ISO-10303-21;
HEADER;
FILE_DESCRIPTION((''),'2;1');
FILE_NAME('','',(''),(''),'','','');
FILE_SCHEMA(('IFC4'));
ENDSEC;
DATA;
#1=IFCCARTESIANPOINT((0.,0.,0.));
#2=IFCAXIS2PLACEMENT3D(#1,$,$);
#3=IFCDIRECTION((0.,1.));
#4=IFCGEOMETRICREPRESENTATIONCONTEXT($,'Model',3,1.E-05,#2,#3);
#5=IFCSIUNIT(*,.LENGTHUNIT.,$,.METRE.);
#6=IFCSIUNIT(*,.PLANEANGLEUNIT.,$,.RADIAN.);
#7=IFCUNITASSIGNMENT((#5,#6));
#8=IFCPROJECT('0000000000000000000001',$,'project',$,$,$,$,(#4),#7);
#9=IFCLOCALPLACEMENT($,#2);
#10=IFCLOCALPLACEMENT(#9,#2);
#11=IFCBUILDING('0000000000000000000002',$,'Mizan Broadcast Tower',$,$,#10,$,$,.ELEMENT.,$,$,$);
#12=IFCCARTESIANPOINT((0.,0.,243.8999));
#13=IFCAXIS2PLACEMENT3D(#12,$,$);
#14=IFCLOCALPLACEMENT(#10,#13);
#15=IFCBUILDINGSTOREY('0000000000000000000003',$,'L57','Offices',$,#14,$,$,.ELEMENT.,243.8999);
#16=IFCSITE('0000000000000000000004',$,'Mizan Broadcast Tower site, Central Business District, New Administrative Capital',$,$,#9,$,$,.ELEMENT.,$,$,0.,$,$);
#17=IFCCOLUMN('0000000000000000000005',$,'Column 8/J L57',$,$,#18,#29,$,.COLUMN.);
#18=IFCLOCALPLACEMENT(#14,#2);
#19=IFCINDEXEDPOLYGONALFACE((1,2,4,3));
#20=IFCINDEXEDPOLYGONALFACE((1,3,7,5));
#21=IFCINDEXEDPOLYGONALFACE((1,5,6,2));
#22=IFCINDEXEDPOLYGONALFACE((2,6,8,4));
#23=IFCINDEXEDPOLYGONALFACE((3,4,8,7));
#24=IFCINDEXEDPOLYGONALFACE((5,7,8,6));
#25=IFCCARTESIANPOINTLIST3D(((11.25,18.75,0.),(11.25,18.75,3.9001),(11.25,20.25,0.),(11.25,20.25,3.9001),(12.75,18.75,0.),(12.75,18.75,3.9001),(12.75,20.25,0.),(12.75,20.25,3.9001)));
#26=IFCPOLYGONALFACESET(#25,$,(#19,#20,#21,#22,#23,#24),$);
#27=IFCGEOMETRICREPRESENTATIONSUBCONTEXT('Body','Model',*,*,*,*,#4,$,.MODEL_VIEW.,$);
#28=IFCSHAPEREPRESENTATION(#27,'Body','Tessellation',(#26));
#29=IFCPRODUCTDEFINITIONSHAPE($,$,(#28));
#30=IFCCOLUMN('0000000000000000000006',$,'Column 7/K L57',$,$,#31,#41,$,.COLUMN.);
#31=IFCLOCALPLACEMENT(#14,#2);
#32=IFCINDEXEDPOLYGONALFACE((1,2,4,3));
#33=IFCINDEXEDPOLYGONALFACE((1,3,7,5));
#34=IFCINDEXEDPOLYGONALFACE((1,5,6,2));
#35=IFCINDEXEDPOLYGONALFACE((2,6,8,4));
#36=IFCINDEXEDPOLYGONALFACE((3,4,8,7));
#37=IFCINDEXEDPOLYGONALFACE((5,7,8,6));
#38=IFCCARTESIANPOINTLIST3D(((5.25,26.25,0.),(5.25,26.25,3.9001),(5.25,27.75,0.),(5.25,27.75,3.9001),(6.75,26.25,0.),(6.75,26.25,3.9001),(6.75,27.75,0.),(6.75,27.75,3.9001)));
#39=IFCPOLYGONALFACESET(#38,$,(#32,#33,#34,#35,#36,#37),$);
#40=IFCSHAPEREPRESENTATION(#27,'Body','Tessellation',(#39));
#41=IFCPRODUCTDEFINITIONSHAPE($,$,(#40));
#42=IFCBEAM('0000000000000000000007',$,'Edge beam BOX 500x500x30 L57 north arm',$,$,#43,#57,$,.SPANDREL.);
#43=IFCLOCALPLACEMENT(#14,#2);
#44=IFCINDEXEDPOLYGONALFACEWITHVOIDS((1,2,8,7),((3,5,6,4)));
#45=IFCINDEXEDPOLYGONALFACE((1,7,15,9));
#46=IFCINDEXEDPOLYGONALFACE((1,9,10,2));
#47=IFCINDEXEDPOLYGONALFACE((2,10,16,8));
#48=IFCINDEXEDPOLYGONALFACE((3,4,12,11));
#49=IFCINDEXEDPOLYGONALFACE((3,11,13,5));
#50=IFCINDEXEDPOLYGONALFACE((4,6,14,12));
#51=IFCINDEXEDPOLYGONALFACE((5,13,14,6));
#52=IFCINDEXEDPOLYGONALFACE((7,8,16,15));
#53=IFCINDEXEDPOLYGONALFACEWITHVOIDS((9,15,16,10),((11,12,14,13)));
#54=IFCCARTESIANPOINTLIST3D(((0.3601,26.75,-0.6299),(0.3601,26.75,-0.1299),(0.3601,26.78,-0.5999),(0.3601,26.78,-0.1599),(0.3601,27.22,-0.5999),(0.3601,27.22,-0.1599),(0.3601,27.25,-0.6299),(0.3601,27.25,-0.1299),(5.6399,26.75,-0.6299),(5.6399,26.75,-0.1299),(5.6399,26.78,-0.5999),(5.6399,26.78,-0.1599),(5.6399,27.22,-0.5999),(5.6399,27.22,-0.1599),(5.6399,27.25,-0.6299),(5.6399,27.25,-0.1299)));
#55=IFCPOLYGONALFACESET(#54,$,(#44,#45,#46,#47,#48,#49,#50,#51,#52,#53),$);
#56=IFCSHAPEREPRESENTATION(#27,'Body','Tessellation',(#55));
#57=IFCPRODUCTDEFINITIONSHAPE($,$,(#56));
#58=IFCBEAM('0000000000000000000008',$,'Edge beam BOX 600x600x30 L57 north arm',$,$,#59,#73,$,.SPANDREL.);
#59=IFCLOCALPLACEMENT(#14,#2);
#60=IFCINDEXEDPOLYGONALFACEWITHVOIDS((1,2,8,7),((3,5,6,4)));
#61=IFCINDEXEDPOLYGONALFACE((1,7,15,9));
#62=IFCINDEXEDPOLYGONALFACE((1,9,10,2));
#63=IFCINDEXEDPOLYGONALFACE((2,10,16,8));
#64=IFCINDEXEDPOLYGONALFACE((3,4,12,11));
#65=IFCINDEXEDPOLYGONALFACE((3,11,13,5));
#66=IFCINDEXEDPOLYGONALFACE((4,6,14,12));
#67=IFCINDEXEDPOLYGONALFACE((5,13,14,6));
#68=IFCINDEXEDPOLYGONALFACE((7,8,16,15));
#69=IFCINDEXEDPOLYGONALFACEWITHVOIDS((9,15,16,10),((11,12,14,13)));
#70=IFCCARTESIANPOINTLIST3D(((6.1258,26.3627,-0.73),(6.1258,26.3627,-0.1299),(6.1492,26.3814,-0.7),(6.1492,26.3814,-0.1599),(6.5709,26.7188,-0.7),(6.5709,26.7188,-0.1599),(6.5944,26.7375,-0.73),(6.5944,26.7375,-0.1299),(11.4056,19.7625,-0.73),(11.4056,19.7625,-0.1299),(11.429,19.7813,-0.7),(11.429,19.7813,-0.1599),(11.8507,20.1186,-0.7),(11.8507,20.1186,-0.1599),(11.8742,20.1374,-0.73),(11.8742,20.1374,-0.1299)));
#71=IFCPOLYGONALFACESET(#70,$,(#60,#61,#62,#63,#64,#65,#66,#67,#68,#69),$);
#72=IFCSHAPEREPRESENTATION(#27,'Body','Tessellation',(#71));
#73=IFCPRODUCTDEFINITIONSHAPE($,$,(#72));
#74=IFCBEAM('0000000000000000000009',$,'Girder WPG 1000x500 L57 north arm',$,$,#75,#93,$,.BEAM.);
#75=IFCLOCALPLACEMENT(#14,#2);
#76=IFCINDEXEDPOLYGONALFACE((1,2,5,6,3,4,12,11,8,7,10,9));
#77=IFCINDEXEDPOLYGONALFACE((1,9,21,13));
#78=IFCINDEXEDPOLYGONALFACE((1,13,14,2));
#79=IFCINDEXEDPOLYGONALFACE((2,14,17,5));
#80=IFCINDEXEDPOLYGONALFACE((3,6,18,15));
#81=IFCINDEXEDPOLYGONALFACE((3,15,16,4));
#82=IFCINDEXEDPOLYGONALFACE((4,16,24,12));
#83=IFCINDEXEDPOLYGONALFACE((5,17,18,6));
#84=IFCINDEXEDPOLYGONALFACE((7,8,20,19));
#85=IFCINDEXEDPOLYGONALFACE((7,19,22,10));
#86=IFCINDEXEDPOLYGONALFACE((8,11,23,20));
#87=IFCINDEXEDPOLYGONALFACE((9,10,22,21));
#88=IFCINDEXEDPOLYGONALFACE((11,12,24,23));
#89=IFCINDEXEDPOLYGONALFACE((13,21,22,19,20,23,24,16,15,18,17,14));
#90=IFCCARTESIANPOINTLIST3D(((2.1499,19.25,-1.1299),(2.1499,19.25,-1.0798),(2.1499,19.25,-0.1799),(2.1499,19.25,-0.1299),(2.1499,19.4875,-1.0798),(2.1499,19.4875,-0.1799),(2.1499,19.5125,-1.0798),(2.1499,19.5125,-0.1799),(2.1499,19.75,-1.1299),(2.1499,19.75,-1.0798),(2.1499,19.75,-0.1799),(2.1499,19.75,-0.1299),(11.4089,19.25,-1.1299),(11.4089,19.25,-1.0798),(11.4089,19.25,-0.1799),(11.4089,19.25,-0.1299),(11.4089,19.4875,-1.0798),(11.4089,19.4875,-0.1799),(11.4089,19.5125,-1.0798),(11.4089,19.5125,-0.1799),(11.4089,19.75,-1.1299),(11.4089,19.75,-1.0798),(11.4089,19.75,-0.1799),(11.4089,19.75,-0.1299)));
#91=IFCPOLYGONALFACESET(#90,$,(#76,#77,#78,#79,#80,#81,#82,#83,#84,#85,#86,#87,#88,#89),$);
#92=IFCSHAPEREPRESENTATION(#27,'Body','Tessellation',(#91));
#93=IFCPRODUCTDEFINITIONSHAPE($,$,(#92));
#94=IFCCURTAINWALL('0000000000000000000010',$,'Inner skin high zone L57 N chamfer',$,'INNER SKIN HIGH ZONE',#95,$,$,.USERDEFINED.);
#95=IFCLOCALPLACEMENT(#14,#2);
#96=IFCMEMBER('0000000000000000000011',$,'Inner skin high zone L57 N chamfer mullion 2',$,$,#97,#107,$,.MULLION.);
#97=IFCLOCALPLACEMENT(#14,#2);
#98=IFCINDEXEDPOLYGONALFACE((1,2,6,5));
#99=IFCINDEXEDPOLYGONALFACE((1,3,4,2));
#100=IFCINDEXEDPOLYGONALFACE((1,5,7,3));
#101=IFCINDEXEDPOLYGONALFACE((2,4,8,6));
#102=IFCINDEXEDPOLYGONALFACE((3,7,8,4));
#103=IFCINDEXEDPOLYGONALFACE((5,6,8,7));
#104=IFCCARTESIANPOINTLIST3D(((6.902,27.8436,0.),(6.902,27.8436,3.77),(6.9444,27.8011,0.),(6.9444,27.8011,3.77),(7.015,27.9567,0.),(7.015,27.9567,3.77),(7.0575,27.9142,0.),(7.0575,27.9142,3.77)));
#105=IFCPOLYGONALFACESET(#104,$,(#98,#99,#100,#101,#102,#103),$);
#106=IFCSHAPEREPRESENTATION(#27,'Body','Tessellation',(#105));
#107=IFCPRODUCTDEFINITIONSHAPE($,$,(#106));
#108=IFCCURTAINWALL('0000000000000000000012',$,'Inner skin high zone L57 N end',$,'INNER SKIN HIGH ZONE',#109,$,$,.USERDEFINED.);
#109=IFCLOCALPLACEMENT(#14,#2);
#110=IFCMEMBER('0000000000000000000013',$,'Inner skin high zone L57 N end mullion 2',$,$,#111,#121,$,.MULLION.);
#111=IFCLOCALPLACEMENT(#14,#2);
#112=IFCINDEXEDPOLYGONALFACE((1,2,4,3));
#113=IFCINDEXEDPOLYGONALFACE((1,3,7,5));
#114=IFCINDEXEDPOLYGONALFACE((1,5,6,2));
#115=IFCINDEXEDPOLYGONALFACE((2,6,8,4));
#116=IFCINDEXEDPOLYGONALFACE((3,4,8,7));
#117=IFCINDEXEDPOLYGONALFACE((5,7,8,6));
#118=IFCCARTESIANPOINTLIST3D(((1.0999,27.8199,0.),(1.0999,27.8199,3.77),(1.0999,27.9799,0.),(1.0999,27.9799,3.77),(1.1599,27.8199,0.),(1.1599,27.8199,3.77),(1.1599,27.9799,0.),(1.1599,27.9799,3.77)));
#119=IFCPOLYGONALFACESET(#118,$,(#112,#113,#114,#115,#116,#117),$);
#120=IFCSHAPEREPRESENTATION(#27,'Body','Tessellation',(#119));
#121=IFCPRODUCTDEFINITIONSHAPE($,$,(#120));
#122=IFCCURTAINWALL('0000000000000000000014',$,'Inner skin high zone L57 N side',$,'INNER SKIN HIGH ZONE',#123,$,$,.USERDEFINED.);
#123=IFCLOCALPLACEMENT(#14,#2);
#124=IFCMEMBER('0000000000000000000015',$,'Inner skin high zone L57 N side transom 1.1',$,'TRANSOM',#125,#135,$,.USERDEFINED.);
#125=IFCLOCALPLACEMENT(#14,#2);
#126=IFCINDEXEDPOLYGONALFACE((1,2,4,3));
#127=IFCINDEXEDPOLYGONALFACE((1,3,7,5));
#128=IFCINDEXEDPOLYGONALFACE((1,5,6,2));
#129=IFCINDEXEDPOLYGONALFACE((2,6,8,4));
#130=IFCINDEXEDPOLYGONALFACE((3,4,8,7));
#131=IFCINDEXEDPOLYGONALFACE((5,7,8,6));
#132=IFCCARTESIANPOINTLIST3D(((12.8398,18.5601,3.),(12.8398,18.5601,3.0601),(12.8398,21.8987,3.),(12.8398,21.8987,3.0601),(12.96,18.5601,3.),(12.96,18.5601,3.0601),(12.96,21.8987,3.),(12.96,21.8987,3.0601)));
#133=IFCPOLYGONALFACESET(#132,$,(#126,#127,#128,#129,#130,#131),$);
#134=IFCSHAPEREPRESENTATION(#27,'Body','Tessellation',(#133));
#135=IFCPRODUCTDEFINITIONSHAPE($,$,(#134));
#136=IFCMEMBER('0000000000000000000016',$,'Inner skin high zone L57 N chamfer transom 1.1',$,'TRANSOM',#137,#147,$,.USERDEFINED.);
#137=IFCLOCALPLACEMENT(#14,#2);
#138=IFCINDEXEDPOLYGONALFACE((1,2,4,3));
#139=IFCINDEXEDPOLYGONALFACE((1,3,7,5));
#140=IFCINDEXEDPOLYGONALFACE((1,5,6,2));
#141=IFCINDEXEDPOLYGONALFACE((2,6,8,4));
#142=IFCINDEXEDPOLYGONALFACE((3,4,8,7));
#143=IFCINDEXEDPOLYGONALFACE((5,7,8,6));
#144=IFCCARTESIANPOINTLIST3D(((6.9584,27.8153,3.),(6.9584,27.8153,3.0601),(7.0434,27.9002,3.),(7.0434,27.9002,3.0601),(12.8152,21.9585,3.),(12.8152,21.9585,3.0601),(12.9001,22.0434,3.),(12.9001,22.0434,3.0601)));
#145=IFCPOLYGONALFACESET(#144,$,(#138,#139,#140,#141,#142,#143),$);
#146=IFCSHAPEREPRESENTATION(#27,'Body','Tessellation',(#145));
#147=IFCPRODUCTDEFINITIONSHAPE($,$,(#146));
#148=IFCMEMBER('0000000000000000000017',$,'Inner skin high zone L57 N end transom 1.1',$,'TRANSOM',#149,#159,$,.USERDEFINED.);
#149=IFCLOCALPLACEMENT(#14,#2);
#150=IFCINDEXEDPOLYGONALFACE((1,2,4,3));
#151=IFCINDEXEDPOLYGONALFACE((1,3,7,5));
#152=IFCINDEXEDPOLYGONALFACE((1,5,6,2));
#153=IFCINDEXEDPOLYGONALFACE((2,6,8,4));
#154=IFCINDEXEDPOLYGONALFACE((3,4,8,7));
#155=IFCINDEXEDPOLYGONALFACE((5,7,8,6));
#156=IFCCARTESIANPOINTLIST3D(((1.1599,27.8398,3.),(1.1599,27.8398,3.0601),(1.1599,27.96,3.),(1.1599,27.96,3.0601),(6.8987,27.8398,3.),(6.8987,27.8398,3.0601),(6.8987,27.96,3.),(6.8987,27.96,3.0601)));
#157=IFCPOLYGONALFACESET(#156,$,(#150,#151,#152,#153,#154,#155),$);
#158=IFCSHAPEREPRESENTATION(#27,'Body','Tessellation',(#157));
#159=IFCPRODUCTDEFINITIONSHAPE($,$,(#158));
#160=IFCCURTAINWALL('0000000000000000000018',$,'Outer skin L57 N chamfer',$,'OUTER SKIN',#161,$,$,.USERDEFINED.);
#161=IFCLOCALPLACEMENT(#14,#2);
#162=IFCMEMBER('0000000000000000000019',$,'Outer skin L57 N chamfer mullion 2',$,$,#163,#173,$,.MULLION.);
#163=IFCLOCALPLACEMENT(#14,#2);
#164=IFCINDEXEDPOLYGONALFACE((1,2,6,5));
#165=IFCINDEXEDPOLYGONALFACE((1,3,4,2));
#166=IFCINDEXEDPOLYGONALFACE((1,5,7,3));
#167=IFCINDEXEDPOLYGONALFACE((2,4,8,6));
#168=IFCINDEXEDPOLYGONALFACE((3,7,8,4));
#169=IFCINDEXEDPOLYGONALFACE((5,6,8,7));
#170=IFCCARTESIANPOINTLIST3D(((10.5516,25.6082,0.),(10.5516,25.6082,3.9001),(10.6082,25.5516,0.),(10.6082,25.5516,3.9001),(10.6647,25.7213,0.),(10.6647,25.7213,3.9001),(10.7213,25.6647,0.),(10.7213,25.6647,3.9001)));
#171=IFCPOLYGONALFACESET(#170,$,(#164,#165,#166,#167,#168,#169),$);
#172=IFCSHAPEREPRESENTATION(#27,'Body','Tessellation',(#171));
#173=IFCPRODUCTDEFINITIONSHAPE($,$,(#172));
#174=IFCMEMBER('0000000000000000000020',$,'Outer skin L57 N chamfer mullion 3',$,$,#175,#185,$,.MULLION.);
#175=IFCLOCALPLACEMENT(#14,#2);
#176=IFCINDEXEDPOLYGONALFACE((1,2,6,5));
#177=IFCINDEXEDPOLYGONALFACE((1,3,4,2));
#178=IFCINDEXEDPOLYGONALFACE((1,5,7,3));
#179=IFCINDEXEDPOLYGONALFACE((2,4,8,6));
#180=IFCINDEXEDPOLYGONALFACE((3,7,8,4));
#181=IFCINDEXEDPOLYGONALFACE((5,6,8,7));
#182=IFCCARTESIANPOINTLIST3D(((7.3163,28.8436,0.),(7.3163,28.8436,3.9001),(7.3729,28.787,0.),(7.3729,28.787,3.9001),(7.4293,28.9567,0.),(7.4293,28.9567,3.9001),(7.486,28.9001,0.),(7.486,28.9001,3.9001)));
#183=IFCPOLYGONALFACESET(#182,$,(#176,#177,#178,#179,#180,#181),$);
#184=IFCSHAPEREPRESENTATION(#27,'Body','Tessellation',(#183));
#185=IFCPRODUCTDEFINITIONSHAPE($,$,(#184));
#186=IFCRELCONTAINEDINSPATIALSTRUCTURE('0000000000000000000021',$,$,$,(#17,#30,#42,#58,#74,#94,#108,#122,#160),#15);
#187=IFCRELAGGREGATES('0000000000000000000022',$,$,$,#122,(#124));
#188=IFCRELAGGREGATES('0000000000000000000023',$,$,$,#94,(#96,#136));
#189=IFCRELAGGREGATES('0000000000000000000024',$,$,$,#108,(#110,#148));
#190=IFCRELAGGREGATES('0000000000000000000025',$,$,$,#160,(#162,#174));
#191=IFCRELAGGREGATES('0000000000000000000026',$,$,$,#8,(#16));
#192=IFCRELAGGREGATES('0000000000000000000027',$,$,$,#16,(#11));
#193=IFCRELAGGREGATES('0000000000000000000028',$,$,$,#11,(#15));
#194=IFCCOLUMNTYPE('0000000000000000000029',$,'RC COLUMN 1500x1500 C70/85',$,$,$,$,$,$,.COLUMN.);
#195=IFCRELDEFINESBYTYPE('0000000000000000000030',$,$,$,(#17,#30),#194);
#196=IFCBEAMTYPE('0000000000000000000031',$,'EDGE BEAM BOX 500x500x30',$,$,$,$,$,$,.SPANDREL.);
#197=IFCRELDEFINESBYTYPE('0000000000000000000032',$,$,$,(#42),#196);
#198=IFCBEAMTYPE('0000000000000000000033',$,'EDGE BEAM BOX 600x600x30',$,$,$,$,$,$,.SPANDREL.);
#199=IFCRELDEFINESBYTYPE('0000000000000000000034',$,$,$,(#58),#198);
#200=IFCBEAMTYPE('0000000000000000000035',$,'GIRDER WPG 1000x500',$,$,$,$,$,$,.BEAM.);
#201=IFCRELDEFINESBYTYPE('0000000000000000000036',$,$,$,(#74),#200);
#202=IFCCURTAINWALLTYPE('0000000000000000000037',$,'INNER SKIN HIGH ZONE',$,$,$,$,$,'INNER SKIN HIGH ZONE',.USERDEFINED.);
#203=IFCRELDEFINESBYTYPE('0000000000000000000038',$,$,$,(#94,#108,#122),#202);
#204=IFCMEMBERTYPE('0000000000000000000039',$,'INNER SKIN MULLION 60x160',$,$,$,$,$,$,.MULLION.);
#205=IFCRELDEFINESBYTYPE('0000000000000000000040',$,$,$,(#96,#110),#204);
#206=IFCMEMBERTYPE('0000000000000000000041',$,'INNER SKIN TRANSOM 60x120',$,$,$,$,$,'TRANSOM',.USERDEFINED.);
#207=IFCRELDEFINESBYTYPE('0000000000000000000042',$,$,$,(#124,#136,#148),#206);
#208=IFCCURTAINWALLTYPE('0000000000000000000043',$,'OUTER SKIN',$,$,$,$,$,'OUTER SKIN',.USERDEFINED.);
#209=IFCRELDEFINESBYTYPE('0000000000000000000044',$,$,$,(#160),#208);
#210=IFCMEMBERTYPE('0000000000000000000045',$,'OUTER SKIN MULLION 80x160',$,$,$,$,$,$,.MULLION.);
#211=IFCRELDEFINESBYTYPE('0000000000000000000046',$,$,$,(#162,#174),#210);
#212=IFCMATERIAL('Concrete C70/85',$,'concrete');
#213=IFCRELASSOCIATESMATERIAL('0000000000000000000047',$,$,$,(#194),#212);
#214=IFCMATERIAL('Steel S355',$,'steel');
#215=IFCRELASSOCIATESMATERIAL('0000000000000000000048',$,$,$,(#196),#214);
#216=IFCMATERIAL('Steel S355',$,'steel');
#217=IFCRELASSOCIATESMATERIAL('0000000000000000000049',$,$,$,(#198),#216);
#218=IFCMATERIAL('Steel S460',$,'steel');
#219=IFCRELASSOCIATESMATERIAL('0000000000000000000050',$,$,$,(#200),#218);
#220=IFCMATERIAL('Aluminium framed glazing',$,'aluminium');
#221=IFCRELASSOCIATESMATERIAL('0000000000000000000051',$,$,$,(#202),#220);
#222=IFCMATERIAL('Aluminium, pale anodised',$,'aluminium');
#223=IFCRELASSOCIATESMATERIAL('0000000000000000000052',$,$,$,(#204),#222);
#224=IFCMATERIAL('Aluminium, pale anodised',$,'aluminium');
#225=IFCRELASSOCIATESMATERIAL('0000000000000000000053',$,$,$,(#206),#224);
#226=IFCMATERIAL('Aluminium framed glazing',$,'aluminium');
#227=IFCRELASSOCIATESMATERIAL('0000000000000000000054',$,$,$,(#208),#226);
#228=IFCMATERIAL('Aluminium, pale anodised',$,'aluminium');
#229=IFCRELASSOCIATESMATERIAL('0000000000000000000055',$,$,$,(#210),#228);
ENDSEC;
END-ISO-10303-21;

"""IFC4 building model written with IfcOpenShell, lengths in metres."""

from ifc_helpers import new_model, si_unit, direction, frame, origin, origin_2d, place, context, subcontext, project, spatial, rectangle, hollow_rectangle, i_section, extrude, material, material_profile, profile_set, type_object, element, aggregate, save


model = new_model("IFC4")

# Units and contexts
model_context = context("Model", 3, precision=1e-05, world=origin(), true_north=direction((0.0, 1.0)))
body_context = subcontext(model_context, "Body", "Model", "MODEL_VIEW")
ifc_project = project(units=[si_unit("LENGTHUNIT", "METRE"), si_unit("PLANEANGLEUNIT", "RADIAN")], contexts=[model_context])

# Site, building, storey
site_placement = place(None, origin())
site = spatial("IfcSite", under=ifc_project, at=site_placement, Name="Mizan Broadcast Tower site, Central Business District, New Administrative Capital", CompositionType="ELEMENT", RefElevation=0.0)
building_placement = place(site_placement, origin())
building = spatial("IfcBuilding", under=site, at=building_placement, Name="Mizan Broadcast Tower", CompositionType="ELEMENT")
storey_placement = place(building_placement, frame((0.0, 0.0, 243.8999)))
storey = spatial("IfcBuildingStorey", under=building, at=storey_placement, Name="L57", Description="Offices", CompositionType="ELEMENT", Elevation=243.8999)

# Columns
ifc_material_1 = material(Name="Concrete C70/85", Category="concrete")
ifc_material_profile_1 = material_profile(ifc_material_1, rectangle(XDim=1.5, YDim=1.5, at=origin_2d()), Name="RC 1500x1500")
ifc_profile_set_1 = profile_set([ifc_material_profile_1], Name="Concrete C70/85")
column_type = type_object("IfcColumnType", Name="RC COLUMN 1500x1500 C70/85", PredefinedType="COLUMN", material=ifc_profile_set_1)
for number, where, z_axis, x_axis, name in (
    (1, (12.0, 19.5, 0.0), (0.0, 0.0, 1.0), (1.0, 0.0, 0.0), "Column 8/J L57"),
    (2, (6.0, 27.0, 0.0), (0.0, 0.0, 1.0), (1.0, 0.0, 0.0), "Column 7/K L57"),
):
    element("IfcColumn", number, at=place(storey_placement, frame(where, z_axis=z_axis, x_axis=x_axis)), inside=storey, type_object=column_type, Name=name, PredefinedType="COLUMN", context=body_context, shape_type="SweptSolid", body=[
        extrude(rectangle(XDim=1.5, YDim=1.5, at=origin_2d()), origin(), (0.0, 0.0, 1.0), 3.9001),
    ])

# Beams
ifc_material_2 = material(Name="Steel S355", Category="steel")
ifc_material_profile_2 = material_profile(ifc_material_2, hollow_rectangle(XDim=0.5, YDim=0.5, WallThickness=0.03, at=origin_2d()), Name="BOX 500x500x30")
ifc_profile_set_2 = profile_set([ifc_material_profile_2], Name="Steel S355")
beam_type_1 = type_object("IfcBeamType", Name="EDGE BEAM BOX 500x500x30", PredefinedType="SPANDREL", material=ifc_profile_set_2)
beam_1_placement = place(storey_placement, frame((5.6399, 27.0, -0.3799), z_axis=(-1.0, 0.0, 0.0), x_axis=(0.0, -1.0, 0.0)))
element("IfcBeam", 3, at=beam_1_placement, inside=storey, type_object=beam_type_1, Name="Edge beam BOX 500x500x30 L57 north arm", PredefinedType="SPANDREL", context=body_context, shape_type="SweptSolid", body=[
    extrude(hollow_rectangle(XDim=0.5, YDim=0.5, WallThickness=0.03, at=origin_2d()), origin(), (0.0, 0.0, 1.0), 5.2798),
])
ifc_material_3 = material(Name="Steel S355", Category="steel")
ifc_material_profile_3 = material_profile(ifc_material_3, hollow_rectangle(XDim=0.6001, YDim=0.6001, WallThickness=0.03, at=origin_2d()), Name="BOX 600x600x30")
ifc_profile_set_3 = profile_set([ifc_material_profile_3], Name="Steel S355")
beam_type_2 = type_object("IfcBeamType", Name="EDGE BEAM BOX 600x600x30", PredefinedType="SPANDREL", material=ifc_profile_set_3)
beam_2_placement = place(storey_placement, frame((11.6399, 19.95, -0.4299), z_axis=(-0.624674, 0.780886, 0.0), x_axis=(-0.780886, -0.624674, 0.0)))
element("IfcBeam", 4, at=beam_2_placement, inside=storey, type_object=beam_type_2, Name="Edge beam BOX 600x600x30 L57 north arm", PredefinedType="SPANDREL", context=body_context, shape_type="SweptSolid", body=[
    extrude(hollow_rectangle(XDim=0.6001, YDim=0.6001, WallThickness=0.03, at=origin_2d()), origin(), (0.0, 0.0, 1.0), 8.4521),
])
ifc_material_4 = material(Name="Steel S460", Category="steel")
ifc_material_profile_4 = material_profile(ifc_material_4, i_section(OverallWidth=0.5, OverallDepth=1.0, WebThickness=0.0249, FlangeThickness=0.05, at=origin_2d()), Name="WPG 1000x500")
ifc_profile_set_4 = profile_set([ifc_material_profile_4], Name="Steel S460")
beam_type_3 = type_object("IfcBeamType", Name="GIRDER WPG 1000x500", PredefinedType="BEAM", material=ifc_profile_set_4)
beam_3_placement = place(storey_placement, frame((11.4089, 19.5, -0.6299), z_axis=(-1.0, 0.0, 0.0), x_axis=(0.0, -1.0, 0.0)))
element("IfcBeam", 5, at=beam_3_placement, inside=storey, type_object=beam_type_3, Name="Girder WPG 1000x500 L57 north arm", PredefinedType="BEAM", context=body_context, shape_type="SweptSolid", body=[
    extrude(i_section(OverallWidth=0.5, OverallDepth=1.0, WebThickness=0.0249, FlangeThickness=0.05, at=origin_2d()), origin(), (0.0, 0.0, 1.0), 9.259),
])

# Curtain walls, members
ifc_material_5 = material(Name="Aluminium framed glazing", Category="aluminium")
curtain_wall_type_1 = type_object("IfcCurtainWallType", Name="INNER SKIN HIGH ZONE", ElementType="INNER SKIN HIGH ZONE", PredefinedType="USERDEFINED", material=ifc_material_5)
curtain_wall_1_placement = place(storey_placement, origin())
curtain_wall_1 = element("IfcCurtainWall", 6, at=curtain_wall_1_placement, inside=storey, type_object=curtain_wall_type_1, Name="Inner skin high zone L57 N chamfer", ObjectType="INNER SKIN HIGH ZONE", PredefinedType="USERDEFINED")
ifc_material_6 = material(Name="Aluminium, pale anodised", Category="aluminium")
ifc_material_profile_5 = material_profile(ifc_material_6, rectangle(XDim=0.1599, YDim=0.0601, at=origin_2d()), Name="MULLION 160x60")
ifc_profile_set_5 = profile_set([ifc_material_profile_5], Name="Aluminium, pale anodised")
member_type_1 = type_object("IfcMemberType", Name="INNER SKIN MULLION 60x160", PredefinedType="MULLION", material=ifc_profile_set_5)
member_1_placement = place(storey_placement, frame((6.9797, 27.8789, 0.0), z_axis=(0.0, 0.0, 1.0), x_axis=(-0.707107, -0.707107, 0.0)))
member_1 = element("IfcMember", 7, at=member_1_placement, type_object=member_type_1, Name="Inner skin high zone L57 N chamfer mullion 2", PredefinedType="MULLION", context=body_context, shape_type="SweptSolid", body=[
    extrude(rectangle(XDim=0.1599, YDim=0.0601, at=origin_2d()), origin(), (0.0, 0.0, 1.0), 3.77),
])
curtain_wall_2_placement = place(storey_placement, origin())
curtain_wall_2 = element("IfcCurtainWall", 8, at=curtain_wall_2_placement, inside=storey, type_object=curtain_wall_type_1, Name="Inner skin high zone L57 N end", ObjectType="INNER SKIN HIGH ZONE", PredefinedType="USERDEFINED")
member_2_placement = place(storey_placement, frame((1.1299, 27.8999, 0.0), z_axis=(0.0, 0.0, 1.0), x_axis=(0.0, -1.0, 0.0)))
member_2 = element("IfcMember", 9, at=member_2_placement, type_object=member_type_1, Name="Inner skin high zone L57 N end mullion 2", PredefinedType="MULLION", context=body_context, shape_type="SweptSolid", body=[
    extrude(rectangle(XDim=0.1599, YDim=0.0601, at=origin_2d()), origin(), (0.0, 0.0, 1.0), 3.77),
])
curtain_wall_3_placement = place(storey_placement, origin())
curtain_wall_3 = element("IfcCurtainWall", 10, at=curtain_wall_3_placement, inside=storey, type_object=curtain_wall_type_1, Name="Inner skin high zone L57 N side", ObjectType="INNER SKIN HIGH ZONE", PredefinedType="USERDEFINED")
ifc_material_7 = material(Name="Aluminium, pale anodised", Category="aluminium")
ifc_material_profile_6 = material_profile(ifc_material_7, rectangle(XDim=0.1201, YDim=0.0601, at=origin_2d()), Name="TRANSOM 120x60")
ifc_profile_set_6 = profile_set([ifc_material_profile_6], Name="Aluminium, pale anodised")
member_type_2 = type_object("IfcMemberType", Name="INNER SKIN TRANSOM 60x120", ElementType="TRANSOM", PredefinedType="USERDEFINED", material=ifc_profile_set_6)
member_3_placement = place(storey_placement, frame((12.8999, 18.5601, 3.03), z_axis=(0.0, 1.0, 0.0), x_axis=(-1.0, 0.0, 0.0)))
member_3 = element("IfcMember", 11, at=member_3_placement, type_object=member_type_2, Name="Inner skin high zone L57 N side transom 1.1", ObjectType="TRANSOM", PredefinedType="USERDEFINED", context=body_context, shape_type="SweptSolid", body=[
    extrude(rectangle(XDim=0.1201, YDim=0.0601, at=origin_2d()), origin(), (0.0, 0.0, 1.0), 3.3386),
])

# Members
member_4_placement = place(storey_placement, frame((12.8577, 22.001, 3.03), z_axis=(-0.707107, 0.707107, 0.0), x_axis=(-0.707107, -0.707107, 0.0)))
member_4 = element("IfcMember", 12, at=member_4_placement, type_object=member_type_2, Name="Inner skin high zone L57 N chamfer transom 1.1", ObjectType="TRANSOM", PredefinedType="USERDEFINED", context=body_context, shape_type="SweptSolid", body=[
    extrude(rectangle(XDim=0.1201, YDim=0.0601, at=origin_2d()), origin(), (0.0, 0.0, 1.0), 8.2827),
])
member_5_placement = place(storey_placement, frame((6.8987, 27.8999, 3.03), z_axis=(-1.0, 0.0, 0.0), x_axis=(0.0, -1.0, 0.0)))
member_5 = element("IfcMember", 13, at=member_5_placement, type_object=member_type_2, Name="Inner skin high zone L57 N end transom 1.1", ObjectType="TRANSOM", PredefinedType="USERDEFINED", context=body_context, shape_type="SweptSolid", body=[
    extrude(rectangle(XDim=0.1201, YDim=0.0601, at=origin_2d()), origin(), (0.0, 0.0, 1.0), 5.7388),
])

# Curtain wall, members
ifc_material_8 = material(Name="Aluminium framed glazing", Category="aluminium")
curtain_wall_type_2 = type_object("IfcCurtainWallType", Name="OUTER SKIN", ElementType="OUTER SKIN", PredefinedType="USERDEFINED", material=ifc_material_8)
curtain_wall_4_placement = place(storey_placement, origin())
curtain_wall_4 = element("IfcCurtainWall", 14, at=curtain_wall_4_placement, inside=storey, type_object=curtain_wall_type_2, Name="Outer skin L57 N chamfer", ObjectType="OUTER SKIN", PredefinedType="USERDEFINED")
ifc_material_9 = material(Name="Aluminium, pale anodised", Category="aluminium")
ifc_material_profile_7 = material_profile(ifc_material_9, rectangle(XDim=0.1599, YDim=0.0801, at=origin_2d()), Name="MULLION 160x80")
ifc_profile_set_7 = profile_set([ifc_material_profile_7], Name="Aluminium, pale anodised")
member_type_3 = type_object("IfcMemberType", Name="OUTER SKIN MULLION 80x160", PredefinedType="MULLION", material=ifc_profile_set_7)
member_6_placement = place(storey_placement, frame((10.6365, 25.6365, 0.0), z_axis=(0.0, 0.0, 1.0), x_axis=(-0.707107, -0.707107, 0.0)))
member_6 = element("IfcMember", 15, at=member_6_placement, type_object=member_type_3, Name="Outer skin L57 N chamfer mullion 2", PredefinedType="MULLION", context=body_context, shape_type="SweptSolid", body=[
    extrude(rectangle(XDim=0.1599, YDim=0.0801, at=origin_2d()), origin(), (0.0, 0.0, 1.0), 3.9001),
])
member_7_placement = place(storey_placement, frame((7.4011, 28.8718, 0.0), z_axis=(0.0, 0.0, 1.0), x_axis=(-0.707107, -0.707107, 0.0)))
member_7 = element("IfcMember", 16, at=member_7_placement, type_object=member_type_3, Name="Outer skin L57 N chamfer mullion 3", PredefinedType="MULLION", context=body_context, shape_type="SweptSolid", body=[
    extrude(rectangle(XDim=0.1599, YDim=0.0801, at=origin_2d()), origin(), (0.0, 0.0, 1.0), 3.9001),
])

aggregate(curtain_wall_3, [member_3])
aggregate(curtain_wall_1, [member_1, member_4])
aggregate(curtain_wall_2, [member_2, member_5])
aggregate(curtain_wall_4, [member_6, member_7])

save(model, "model.ifc")
